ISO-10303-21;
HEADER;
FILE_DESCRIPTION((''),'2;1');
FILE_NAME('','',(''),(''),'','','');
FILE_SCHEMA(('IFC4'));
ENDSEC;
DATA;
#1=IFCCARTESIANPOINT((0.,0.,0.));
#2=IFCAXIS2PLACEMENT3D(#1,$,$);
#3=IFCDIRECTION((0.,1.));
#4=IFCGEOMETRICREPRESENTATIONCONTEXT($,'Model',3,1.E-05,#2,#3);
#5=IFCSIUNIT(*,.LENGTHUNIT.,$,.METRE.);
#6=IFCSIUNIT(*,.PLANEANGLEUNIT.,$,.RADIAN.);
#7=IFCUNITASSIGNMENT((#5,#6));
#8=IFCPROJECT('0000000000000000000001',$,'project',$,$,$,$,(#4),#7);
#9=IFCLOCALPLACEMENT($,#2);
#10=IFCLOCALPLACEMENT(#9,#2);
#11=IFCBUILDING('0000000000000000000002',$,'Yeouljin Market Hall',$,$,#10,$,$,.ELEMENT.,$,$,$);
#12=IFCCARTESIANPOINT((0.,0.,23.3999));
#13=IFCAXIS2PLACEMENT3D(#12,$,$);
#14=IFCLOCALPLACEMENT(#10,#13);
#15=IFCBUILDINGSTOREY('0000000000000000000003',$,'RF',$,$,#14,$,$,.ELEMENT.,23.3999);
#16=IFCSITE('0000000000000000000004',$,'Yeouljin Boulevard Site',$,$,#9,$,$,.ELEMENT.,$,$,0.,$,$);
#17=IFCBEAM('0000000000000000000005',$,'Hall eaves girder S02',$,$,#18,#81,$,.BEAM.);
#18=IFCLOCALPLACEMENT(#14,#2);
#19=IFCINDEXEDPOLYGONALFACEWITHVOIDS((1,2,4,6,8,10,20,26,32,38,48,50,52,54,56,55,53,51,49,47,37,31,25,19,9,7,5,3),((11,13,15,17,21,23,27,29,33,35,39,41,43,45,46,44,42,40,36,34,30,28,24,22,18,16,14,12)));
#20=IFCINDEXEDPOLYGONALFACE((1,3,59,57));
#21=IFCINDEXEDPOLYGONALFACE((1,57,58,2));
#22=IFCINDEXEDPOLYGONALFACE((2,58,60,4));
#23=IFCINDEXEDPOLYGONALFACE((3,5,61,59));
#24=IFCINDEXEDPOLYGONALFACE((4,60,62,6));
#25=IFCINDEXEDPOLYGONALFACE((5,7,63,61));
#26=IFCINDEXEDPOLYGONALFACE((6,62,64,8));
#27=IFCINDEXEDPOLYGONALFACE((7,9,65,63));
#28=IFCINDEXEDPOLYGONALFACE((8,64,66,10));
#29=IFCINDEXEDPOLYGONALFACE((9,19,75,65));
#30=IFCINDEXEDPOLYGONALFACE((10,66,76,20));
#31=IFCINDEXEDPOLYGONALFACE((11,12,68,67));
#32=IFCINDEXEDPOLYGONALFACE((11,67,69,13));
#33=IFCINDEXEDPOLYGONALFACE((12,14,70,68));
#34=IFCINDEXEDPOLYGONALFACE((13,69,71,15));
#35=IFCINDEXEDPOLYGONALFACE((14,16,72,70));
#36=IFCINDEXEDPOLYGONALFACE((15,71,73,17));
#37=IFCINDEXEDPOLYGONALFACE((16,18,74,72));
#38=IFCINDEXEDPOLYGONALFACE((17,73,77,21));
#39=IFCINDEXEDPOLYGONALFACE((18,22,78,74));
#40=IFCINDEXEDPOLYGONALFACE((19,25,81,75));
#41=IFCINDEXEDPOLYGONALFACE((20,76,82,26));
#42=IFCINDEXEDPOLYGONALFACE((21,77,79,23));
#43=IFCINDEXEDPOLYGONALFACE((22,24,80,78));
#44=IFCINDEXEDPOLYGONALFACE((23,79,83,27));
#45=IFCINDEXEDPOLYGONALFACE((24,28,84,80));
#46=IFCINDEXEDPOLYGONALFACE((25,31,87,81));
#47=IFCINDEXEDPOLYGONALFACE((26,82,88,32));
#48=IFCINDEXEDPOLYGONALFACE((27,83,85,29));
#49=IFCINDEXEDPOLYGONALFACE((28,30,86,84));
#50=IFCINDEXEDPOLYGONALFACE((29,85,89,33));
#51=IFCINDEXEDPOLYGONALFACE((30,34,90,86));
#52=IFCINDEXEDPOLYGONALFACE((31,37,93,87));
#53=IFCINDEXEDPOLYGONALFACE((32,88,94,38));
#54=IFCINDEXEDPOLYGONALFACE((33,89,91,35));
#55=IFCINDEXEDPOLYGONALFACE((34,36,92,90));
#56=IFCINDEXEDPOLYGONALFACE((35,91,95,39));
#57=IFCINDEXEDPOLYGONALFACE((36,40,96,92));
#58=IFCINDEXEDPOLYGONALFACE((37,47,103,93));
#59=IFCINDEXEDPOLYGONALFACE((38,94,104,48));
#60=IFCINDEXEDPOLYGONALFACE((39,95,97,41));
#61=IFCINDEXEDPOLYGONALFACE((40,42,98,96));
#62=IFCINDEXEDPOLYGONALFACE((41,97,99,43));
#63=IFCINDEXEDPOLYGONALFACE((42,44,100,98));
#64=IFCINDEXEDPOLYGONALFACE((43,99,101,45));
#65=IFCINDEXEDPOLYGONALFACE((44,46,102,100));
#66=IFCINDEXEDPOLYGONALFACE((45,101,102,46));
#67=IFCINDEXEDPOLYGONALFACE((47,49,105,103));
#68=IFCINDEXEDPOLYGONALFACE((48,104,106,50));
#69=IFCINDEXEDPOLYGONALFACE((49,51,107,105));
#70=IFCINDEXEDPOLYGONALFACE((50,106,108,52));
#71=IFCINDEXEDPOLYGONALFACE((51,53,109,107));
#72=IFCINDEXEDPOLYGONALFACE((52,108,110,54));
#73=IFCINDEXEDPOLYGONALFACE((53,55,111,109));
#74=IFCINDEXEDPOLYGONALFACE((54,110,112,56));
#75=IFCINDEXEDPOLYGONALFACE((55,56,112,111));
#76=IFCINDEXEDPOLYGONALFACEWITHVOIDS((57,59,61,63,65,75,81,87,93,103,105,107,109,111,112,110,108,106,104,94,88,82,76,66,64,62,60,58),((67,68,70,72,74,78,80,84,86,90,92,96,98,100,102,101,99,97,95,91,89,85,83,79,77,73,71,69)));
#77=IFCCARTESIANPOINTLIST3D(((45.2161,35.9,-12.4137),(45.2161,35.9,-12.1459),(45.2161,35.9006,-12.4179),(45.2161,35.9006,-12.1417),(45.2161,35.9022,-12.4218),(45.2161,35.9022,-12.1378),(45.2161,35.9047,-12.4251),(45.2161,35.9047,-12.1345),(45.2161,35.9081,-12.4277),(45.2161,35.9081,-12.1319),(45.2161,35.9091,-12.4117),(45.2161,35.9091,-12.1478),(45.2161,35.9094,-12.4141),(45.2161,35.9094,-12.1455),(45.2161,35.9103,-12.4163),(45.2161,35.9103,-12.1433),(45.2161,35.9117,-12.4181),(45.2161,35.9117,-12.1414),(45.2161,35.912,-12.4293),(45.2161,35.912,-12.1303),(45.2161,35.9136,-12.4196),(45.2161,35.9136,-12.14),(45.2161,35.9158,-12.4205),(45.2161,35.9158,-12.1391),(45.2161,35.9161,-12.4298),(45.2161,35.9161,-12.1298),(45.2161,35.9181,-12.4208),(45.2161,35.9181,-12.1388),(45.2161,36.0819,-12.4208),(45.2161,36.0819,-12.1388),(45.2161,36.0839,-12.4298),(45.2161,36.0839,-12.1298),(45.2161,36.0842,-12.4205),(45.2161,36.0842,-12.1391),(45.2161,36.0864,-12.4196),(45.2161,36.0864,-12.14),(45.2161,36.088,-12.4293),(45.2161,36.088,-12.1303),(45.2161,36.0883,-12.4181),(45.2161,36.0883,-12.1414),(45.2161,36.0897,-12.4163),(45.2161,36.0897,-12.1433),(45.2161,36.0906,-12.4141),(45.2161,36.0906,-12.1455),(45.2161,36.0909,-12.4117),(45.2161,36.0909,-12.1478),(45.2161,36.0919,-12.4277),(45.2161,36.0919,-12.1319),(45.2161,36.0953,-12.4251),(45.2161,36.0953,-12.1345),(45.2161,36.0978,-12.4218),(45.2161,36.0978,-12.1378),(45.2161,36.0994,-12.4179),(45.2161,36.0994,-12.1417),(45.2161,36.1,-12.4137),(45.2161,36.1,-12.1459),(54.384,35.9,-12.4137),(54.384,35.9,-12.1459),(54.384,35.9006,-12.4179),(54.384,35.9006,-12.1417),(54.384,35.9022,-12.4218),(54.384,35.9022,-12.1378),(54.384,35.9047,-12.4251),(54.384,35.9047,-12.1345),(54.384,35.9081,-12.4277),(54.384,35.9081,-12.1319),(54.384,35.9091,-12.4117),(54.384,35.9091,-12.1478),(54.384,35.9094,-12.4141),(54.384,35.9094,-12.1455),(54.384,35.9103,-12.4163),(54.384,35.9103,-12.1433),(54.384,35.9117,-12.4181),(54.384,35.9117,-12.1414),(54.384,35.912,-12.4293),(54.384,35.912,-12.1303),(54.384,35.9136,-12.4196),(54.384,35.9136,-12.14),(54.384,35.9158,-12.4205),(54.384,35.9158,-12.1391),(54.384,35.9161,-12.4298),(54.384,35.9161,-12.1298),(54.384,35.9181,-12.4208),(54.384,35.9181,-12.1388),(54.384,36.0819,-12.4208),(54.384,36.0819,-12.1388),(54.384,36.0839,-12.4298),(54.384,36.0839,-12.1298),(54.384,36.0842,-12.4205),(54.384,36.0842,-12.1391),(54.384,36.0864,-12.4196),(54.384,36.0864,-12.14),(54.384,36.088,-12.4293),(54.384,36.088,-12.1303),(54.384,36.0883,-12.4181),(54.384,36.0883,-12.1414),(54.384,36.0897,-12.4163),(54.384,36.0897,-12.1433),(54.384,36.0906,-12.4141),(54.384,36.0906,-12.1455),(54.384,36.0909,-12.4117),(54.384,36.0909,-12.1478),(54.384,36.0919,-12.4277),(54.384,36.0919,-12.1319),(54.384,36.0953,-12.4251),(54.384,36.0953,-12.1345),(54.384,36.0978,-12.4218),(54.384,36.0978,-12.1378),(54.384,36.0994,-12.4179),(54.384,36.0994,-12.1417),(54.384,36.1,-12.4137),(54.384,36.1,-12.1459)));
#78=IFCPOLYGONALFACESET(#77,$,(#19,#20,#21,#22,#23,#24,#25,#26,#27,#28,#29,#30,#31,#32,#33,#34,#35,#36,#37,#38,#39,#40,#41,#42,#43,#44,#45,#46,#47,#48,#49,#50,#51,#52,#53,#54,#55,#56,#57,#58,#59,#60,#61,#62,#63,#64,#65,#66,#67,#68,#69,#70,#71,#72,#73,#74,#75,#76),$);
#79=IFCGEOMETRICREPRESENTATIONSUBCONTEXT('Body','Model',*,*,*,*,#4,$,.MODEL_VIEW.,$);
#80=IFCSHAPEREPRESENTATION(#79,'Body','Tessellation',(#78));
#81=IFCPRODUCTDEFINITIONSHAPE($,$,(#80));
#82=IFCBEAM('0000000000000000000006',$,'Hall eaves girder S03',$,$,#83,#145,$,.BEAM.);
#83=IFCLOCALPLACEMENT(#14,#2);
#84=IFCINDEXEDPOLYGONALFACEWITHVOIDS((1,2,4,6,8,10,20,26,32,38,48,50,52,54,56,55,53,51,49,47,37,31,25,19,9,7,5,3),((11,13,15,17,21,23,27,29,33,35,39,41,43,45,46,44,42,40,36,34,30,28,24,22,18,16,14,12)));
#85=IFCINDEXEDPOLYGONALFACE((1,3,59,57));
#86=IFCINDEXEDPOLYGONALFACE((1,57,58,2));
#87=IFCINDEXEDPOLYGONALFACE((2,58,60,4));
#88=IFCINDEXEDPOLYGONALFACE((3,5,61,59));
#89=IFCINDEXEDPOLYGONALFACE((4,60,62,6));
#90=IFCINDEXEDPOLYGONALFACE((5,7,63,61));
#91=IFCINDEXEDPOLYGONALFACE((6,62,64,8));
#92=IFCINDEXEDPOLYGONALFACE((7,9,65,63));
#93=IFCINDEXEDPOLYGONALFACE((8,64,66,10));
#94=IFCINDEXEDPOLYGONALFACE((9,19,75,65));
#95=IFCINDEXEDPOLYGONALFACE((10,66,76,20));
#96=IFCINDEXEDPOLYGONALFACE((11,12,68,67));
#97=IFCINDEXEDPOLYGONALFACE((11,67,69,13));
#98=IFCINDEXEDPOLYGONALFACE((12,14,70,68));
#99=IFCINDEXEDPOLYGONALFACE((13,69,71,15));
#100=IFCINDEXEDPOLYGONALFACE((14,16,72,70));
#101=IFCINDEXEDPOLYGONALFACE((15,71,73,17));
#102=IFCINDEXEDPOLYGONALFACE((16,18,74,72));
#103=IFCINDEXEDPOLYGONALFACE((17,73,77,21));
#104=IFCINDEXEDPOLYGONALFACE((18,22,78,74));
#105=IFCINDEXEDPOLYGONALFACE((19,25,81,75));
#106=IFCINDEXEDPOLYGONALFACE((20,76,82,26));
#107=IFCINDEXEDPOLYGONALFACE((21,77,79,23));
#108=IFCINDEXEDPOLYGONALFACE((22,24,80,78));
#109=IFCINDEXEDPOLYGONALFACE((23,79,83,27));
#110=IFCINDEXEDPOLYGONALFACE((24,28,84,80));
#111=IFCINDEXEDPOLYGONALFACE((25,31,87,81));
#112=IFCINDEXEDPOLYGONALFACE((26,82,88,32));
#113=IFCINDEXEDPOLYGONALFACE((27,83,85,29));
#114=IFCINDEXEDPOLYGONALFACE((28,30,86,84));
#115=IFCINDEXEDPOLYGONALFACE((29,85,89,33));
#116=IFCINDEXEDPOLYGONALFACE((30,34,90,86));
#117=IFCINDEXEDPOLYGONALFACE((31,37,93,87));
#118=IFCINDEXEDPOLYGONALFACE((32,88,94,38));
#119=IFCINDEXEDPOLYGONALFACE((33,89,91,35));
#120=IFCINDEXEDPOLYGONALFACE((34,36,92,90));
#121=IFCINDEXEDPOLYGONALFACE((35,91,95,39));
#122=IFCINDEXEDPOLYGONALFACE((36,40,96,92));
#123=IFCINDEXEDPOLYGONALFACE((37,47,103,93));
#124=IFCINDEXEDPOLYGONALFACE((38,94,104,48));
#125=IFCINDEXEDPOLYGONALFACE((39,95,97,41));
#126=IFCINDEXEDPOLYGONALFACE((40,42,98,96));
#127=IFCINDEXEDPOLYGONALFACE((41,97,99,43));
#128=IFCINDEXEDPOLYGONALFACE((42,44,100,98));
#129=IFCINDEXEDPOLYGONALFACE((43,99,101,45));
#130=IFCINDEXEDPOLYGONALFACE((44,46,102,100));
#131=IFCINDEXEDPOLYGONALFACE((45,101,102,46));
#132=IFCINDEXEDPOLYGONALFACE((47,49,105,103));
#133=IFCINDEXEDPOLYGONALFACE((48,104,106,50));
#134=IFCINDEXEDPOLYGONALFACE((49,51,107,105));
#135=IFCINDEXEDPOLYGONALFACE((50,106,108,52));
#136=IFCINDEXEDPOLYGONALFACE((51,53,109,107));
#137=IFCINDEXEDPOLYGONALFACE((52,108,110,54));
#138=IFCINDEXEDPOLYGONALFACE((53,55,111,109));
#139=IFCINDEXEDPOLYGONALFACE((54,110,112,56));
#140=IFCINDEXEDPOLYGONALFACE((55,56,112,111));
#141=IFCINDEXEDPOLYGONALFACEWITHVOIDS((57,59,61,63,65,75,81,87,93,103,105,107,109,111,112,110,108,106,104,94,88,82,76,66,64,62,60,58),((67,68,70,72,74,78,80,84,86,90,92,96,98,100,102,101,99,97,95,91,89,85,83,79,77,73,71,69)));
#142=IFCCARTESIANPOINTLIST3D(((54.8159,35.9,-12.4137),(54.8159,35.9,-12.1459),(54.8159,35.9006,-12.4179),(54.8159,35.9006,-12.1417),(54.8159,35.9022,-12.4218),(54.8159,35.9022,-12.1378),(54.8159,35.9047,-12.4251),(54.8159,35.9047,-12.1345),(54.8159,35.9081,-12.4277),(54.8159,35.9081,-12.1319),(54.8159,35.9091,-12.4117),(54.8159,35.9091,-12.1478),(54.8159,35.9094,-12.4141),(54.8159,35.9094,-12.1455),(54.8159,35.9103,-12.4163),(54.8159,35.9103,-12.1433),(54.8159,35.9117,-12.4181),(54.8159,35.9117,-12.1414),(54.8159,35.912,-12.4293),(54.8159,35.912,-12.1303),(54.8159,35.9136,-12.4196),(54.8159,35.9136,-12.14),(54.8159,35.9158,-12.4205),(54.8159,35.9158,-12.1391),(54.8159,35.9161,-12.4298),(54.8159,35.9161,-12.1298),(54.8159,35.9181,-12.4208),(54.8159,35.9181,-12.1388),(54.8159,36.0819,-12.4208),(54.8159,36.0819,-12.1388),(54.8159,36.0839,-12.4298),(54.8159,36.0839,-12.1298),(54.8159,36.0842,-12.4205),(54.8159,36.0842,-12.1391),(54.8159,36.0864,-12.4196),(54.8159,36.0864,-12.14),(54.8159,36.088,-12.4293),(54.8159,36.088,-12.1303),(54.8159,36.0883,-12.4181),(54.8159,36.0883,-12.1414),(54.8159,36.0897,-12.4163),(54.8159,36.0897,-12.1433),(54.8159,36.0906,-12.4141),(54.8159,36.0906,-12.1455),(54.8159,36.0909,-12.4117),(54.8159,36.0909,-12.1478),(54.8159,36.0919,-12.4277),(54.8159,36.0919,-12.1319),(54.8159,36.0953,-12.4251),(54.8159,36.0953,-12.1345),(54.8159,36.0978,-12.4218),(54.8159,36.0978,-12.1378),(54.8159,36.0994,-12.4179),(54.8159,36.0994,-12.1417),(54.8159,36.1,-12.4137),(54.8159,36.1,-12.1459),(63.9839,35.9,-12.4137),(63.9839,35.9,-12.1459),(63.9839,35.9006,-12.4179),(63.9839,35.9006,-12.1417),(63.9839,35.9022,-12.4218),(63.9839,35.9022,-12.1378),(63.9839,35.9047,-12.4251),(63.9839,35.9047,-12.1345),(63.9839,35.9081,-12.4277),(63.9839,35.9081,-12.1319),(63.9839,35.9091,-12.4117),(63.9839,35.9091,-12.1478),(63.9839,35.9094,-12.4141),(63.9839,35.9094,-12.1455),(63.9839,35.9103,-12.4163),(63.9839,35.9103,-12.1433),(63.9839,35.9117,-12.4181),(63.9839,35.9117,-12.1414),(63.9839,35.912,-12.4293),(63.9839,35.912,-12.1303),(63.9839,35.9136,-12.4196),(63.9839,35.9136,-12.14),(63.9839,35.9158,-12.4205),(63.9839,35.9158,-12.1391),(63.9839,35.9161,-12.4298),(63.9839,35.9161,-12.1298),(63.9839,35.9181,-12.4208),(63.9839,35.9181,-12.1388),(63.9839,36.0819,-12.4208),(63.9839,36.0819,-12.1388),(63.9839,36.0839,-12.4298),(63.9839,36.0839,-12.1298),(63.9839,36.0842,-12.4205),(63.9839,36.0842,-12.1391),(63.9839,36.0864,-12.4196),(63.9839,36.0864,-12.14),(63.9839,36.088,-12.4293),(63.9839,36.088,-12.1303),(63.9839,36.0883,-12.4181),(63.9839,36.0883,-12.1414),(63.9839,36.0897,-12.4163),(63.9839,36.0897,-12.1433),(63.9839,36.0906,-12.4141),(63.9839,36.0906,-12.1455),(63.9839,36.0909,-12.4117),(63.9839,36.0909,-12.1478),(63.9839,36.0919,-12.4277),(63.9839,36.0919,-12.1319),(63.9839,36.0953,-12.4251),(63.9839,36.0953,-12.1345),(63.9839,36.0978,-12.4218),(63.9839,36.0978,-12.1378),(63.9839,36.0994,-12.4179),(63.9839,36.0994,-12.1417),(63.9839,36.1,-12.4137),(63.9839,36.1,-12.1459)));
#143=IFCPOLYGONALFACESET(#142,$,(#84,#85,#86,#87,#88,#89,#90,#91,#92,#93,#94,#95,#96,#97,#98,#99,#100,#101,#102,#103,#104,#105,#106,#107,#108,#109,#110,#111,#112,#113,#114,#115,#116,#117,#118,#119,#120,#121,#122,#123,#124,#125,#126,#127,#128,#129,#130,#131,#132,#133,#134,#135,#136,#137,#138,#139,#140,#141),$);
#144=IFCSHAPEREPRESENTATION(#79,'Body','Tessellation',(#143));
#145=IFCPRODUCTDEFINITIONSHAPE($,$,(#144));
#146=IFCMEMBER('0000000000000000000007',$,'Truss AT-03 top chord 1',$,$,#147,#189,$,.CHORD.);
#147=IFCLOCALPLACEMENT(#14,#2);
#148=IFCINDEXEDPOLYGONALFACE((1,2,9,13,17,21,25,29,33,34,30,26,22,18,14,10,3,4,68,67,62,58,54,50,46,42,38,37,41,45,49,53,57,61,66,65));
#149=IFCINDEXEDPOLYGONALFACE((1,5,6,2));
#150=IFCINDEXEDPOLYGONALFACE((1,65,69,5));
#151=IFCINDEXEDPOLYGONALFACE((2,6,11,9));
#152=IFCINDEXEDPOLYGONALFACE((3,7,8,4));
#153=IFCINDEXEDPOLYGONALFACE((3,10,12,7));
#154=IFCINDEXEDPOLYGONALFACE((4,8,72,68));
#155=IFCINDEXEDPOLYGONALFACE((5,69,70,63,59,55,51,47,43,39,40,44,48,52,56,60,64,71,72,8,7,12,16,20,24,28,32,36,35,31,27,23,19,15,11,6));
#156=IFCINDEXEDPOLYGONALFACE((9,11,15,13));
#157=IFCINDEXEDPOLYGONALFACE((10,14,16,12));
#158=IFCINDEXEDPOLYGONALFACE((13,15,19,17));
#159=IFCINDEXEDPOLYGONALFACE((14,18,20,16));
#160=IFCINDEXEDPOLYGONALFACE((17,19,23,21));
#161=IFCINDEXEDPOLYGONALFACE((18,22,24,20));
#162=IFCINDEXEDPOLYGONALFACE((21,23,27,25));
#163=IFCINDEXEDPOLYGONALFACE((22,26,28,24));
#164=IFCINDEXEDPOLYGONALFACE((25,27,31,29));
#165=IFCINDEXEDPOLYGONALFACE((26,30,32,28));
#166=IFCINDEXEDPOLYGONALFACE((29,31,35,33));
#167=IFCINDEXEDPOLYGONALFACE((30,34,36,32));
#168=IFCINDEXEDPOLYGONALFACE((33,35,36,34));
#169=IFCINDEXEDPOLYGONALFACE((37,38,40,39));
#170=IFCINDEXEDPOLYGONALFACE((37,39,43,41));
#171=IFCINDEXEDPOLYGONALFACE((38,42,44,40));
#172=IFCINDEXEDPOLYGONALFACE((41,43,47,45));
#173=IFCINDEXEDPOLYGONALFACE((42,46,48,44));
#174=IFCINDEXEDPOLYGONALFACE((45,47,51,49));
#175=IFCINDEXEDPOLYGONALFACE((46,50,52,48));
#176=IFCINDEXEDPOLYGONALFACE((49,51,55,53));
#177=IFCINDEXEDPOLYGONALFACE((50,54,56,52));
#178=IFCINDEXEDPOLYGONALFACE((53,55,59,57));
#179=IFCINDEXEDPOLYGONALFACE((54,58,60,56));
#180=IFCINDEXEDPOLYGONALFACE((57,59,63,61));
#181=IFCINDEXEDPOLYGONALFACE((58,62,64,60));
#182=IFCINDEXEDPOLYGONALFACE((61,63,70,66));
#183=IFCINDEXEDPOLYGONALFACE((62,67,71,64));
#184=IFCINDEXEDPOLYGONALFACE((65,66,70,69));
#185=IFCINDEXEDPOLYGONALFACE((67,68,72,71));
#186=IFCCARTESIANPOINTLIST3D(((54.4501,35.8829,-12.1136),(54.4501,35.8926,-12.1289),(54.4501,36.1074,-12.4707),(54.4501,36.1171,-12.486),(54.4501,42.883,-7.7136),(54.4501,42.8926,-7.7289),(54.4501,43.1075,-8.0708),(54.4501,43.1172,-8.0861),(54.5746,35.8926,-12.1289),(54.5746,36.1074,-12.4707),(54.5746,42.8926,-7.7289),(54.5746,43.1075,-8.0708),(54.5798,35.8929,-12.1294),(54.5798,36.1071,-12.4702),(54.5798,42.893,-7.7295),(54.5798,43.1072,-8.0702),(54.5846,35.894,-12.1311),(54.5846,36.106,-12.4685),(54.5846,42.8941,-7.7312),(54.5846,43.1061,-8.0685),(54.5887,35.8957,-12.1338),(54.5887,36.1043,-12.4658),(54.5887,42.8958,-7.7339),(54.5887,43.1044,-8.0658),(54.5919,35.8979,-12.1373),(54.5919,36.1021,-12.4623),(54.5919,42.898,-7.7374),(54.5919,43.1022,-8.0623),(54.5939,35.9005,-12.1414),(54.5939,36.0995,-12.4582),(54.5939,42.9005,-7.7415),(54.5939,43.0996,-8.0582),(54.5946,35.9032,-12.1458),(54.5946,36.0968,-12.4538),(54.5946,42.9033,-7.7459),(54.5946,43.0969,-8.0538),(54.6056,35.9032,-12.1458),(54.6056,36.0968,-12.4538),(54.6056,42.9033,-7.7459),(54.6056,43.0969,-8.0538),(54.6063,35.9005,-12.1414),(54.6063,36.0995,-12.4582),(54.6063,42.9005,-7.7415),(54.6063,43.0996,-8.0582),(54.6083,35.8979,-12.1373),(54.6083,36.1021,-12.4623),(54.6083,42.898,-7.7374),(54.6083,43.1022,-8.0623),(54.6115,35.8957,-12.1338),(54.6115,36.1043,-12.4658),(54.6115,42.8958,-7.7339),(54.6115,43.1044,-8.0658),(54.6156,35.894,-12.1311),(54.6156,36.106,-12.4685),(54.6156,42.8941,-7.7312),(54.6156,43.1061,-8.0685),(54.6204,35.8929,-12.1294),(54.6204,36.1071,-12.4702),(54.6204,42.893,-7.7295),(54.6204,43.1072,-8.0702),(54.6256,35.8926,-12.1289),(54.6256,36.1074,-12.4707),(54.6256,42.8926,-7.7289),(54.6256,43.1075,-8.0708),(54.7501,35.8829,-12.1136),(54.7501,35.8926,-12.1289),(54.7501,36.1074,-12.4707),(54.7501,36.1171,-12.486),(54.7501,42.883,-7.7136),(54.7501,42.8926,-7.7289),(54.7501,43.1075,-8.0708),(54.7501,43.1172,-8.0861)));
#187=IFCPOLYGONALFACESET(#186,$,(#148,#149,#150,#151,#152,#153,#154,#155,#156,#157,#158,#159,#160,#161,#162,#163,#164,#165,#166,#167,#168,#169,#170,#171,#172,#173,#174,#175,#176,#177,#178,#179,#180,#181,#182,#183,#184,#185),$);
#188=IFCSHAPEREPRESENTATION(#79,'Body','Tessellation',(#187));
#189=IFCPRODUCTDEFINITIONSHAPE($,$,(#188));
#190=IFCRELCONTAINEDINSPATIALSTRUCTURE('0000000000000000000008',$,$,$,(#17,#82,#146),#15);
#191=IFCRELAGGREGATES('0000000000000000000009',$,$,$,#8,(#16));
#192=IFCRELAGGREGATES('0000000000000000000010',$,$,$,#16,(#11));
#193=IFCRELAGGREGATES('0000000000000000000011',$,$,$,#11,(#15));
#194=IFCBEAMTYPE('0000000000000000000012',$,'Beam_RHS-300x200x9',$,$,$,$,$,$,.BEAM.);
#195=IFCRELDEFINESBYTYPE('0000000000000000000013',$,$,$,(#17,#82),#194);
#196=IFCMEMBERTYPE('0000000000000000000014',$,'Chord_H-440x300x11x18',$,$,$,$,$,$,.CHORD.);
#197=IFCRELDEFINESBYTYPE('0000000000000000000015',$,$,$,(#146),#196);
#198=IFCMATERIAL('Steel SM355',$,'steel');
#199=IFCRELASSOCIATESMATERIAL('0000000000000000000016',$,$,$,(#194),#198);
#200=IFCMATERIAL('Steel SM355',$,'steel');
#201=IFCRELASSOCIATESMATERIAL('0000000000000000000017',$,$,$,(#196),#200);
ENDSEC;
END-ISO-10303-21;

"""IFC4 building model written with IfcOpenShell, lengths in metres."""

from ifc_helpers import new_model, si_unit, direction, frame, origin, origin_2d, place, context, subcontext, project, spatial, hollow_rectangle, i_section, extrude, material, material_profile, profile_set, type_object, element, save


model = new_model("IFC4")

# Units and contexts
model_context = context("Model", 3, precision=1e-05, world=origin(), true_north=direction((0.0, 1.0)))
body_context = subcontext(model_context, "Body", "Model", "MODEL_VIEW")
ifc_project = project(units=[si_unit("LENGTHUNIT", "METRE"), si_unit("PLANEANGLEUNIT", "RADIAN")], contexts=[model_context])

# Site, building, storey
site_placement = place(None, origin())
site = spatial("IfcSite", under=ifc_project, at=site_placement, Name="Yeouljin Boulevard Site", CompositionType="ELEMENT", RefElevation=0.0)
building_placement = place(site_placement, origin())
building = spatial("IfcBuilding", under=site, at=building_placement, Name="Yeouljin Market Hall", CompositionType="ELEMENT")
storey_placement = place(building_placement, frame((0.0, 0.0, 23.3999)))
storey = spatial("IfcBuildingStorey", under=building, at=storey_placement, Name="RF", CompositionType="ELEMENT", Elevation=23.3999)

# Beams
ifc_material_1 = material(Name="Steel SM355", Category="steel")
ifc_material_profile_1 = material_profile(ifc_material_1, hollow_rectangle(XDim=0.2, YDim=0.3, WallThickness=0.009, InnerFilletRadius=0.009, OuterFilletRadius=0.0161, at=origin_2d()), Name="RHS-300x200x9")
ifc_profile_set_1 = profile_set([ifc_material_profile_1], Name="Steel SM355")
beam_type_1 = type_object("IfcBeamType", Name="Beam_RHS-300x200x9", PredefinedType="BEAM", material=ifc_profile_set_1)
for number, where, z_axis, x_axis, name in (
    (1, (45.2161, 36.0, -12.2798), (1.0, 0.0, 0.0), (0.0, 1.0, 0.0), "Hall eaves girder S02"),
    (2, (54.8159, 36.0, -12.2798), (1.0, 0.0, 0.0), (0.0, 1.0, 0.0), "Hall eaves girder S03"),
):
    element("IfcBeam", number, at=place(storey_placement, frame(where, z_axis=z_axis, x_axis=x_axis)), inside=storey, type_object=beam_type_1, Name=name, PredefinedType="BEAM", context=body_context, shape_type="SweptSolid", body=[
        extrude(hollow_rectangle(XDim=0.2, YDim=0.3, WallThickness=0.009, InnerFilletRadius=0.009, OuterFilletRadius=0.0161, at=origin_2d()), origin(), (0.0, 0.0, 1.0), 9.168),
    ])

# Member
ifc_material_2 = material(Name="Steel SM355", Category="steel")
ifc_material_profile_2 = material_profile(ifc_material_2, i_section(OverallWidth=0.3, OverallDepth=0.4399, WebThickness=0.011, FlangeThickness=0.0181, FilletRadius=0.02, at=origin_2d()), Name="H-440x300x11x18")
ifc_profile_set_2 = profile_set([ifc_material_profile_2], Name="Steel SM355")
member_type_1 = type_object("IfcMemberType", Name="Chord_H-440x300x11x18", PredefinedType="CHORD", material=ifc_profile_set_2)
for number, where, z_axis, x_axis, name in (
    (3, (54.6001, 36.0, -12.2998), (0.0, 0.846642, 0.532163), (-1.0, 0.0, 0.0), "Truss AT-03 top chord 1"),
):
    element("IfcMember", number, at=place(storey_placement, frame(where, z_axis=z_axis, x_axis=x_axis)), inside=storey, type_object=member_type_1, Name=name, PredefinedType="CHORD", context=body_context, shape_type="SweptSolid", body=[
        extrude(i_section(OverallWidth=0.3, OverallDepth=0.4399, WebThickness=0.011, FlangeThickness=0.0181, FilletRadius=0.02, at=origin_2d()), origin(), (0.0, 0.0, 1.0), 8.2681),
    ])

save(model, "model.ifc")
